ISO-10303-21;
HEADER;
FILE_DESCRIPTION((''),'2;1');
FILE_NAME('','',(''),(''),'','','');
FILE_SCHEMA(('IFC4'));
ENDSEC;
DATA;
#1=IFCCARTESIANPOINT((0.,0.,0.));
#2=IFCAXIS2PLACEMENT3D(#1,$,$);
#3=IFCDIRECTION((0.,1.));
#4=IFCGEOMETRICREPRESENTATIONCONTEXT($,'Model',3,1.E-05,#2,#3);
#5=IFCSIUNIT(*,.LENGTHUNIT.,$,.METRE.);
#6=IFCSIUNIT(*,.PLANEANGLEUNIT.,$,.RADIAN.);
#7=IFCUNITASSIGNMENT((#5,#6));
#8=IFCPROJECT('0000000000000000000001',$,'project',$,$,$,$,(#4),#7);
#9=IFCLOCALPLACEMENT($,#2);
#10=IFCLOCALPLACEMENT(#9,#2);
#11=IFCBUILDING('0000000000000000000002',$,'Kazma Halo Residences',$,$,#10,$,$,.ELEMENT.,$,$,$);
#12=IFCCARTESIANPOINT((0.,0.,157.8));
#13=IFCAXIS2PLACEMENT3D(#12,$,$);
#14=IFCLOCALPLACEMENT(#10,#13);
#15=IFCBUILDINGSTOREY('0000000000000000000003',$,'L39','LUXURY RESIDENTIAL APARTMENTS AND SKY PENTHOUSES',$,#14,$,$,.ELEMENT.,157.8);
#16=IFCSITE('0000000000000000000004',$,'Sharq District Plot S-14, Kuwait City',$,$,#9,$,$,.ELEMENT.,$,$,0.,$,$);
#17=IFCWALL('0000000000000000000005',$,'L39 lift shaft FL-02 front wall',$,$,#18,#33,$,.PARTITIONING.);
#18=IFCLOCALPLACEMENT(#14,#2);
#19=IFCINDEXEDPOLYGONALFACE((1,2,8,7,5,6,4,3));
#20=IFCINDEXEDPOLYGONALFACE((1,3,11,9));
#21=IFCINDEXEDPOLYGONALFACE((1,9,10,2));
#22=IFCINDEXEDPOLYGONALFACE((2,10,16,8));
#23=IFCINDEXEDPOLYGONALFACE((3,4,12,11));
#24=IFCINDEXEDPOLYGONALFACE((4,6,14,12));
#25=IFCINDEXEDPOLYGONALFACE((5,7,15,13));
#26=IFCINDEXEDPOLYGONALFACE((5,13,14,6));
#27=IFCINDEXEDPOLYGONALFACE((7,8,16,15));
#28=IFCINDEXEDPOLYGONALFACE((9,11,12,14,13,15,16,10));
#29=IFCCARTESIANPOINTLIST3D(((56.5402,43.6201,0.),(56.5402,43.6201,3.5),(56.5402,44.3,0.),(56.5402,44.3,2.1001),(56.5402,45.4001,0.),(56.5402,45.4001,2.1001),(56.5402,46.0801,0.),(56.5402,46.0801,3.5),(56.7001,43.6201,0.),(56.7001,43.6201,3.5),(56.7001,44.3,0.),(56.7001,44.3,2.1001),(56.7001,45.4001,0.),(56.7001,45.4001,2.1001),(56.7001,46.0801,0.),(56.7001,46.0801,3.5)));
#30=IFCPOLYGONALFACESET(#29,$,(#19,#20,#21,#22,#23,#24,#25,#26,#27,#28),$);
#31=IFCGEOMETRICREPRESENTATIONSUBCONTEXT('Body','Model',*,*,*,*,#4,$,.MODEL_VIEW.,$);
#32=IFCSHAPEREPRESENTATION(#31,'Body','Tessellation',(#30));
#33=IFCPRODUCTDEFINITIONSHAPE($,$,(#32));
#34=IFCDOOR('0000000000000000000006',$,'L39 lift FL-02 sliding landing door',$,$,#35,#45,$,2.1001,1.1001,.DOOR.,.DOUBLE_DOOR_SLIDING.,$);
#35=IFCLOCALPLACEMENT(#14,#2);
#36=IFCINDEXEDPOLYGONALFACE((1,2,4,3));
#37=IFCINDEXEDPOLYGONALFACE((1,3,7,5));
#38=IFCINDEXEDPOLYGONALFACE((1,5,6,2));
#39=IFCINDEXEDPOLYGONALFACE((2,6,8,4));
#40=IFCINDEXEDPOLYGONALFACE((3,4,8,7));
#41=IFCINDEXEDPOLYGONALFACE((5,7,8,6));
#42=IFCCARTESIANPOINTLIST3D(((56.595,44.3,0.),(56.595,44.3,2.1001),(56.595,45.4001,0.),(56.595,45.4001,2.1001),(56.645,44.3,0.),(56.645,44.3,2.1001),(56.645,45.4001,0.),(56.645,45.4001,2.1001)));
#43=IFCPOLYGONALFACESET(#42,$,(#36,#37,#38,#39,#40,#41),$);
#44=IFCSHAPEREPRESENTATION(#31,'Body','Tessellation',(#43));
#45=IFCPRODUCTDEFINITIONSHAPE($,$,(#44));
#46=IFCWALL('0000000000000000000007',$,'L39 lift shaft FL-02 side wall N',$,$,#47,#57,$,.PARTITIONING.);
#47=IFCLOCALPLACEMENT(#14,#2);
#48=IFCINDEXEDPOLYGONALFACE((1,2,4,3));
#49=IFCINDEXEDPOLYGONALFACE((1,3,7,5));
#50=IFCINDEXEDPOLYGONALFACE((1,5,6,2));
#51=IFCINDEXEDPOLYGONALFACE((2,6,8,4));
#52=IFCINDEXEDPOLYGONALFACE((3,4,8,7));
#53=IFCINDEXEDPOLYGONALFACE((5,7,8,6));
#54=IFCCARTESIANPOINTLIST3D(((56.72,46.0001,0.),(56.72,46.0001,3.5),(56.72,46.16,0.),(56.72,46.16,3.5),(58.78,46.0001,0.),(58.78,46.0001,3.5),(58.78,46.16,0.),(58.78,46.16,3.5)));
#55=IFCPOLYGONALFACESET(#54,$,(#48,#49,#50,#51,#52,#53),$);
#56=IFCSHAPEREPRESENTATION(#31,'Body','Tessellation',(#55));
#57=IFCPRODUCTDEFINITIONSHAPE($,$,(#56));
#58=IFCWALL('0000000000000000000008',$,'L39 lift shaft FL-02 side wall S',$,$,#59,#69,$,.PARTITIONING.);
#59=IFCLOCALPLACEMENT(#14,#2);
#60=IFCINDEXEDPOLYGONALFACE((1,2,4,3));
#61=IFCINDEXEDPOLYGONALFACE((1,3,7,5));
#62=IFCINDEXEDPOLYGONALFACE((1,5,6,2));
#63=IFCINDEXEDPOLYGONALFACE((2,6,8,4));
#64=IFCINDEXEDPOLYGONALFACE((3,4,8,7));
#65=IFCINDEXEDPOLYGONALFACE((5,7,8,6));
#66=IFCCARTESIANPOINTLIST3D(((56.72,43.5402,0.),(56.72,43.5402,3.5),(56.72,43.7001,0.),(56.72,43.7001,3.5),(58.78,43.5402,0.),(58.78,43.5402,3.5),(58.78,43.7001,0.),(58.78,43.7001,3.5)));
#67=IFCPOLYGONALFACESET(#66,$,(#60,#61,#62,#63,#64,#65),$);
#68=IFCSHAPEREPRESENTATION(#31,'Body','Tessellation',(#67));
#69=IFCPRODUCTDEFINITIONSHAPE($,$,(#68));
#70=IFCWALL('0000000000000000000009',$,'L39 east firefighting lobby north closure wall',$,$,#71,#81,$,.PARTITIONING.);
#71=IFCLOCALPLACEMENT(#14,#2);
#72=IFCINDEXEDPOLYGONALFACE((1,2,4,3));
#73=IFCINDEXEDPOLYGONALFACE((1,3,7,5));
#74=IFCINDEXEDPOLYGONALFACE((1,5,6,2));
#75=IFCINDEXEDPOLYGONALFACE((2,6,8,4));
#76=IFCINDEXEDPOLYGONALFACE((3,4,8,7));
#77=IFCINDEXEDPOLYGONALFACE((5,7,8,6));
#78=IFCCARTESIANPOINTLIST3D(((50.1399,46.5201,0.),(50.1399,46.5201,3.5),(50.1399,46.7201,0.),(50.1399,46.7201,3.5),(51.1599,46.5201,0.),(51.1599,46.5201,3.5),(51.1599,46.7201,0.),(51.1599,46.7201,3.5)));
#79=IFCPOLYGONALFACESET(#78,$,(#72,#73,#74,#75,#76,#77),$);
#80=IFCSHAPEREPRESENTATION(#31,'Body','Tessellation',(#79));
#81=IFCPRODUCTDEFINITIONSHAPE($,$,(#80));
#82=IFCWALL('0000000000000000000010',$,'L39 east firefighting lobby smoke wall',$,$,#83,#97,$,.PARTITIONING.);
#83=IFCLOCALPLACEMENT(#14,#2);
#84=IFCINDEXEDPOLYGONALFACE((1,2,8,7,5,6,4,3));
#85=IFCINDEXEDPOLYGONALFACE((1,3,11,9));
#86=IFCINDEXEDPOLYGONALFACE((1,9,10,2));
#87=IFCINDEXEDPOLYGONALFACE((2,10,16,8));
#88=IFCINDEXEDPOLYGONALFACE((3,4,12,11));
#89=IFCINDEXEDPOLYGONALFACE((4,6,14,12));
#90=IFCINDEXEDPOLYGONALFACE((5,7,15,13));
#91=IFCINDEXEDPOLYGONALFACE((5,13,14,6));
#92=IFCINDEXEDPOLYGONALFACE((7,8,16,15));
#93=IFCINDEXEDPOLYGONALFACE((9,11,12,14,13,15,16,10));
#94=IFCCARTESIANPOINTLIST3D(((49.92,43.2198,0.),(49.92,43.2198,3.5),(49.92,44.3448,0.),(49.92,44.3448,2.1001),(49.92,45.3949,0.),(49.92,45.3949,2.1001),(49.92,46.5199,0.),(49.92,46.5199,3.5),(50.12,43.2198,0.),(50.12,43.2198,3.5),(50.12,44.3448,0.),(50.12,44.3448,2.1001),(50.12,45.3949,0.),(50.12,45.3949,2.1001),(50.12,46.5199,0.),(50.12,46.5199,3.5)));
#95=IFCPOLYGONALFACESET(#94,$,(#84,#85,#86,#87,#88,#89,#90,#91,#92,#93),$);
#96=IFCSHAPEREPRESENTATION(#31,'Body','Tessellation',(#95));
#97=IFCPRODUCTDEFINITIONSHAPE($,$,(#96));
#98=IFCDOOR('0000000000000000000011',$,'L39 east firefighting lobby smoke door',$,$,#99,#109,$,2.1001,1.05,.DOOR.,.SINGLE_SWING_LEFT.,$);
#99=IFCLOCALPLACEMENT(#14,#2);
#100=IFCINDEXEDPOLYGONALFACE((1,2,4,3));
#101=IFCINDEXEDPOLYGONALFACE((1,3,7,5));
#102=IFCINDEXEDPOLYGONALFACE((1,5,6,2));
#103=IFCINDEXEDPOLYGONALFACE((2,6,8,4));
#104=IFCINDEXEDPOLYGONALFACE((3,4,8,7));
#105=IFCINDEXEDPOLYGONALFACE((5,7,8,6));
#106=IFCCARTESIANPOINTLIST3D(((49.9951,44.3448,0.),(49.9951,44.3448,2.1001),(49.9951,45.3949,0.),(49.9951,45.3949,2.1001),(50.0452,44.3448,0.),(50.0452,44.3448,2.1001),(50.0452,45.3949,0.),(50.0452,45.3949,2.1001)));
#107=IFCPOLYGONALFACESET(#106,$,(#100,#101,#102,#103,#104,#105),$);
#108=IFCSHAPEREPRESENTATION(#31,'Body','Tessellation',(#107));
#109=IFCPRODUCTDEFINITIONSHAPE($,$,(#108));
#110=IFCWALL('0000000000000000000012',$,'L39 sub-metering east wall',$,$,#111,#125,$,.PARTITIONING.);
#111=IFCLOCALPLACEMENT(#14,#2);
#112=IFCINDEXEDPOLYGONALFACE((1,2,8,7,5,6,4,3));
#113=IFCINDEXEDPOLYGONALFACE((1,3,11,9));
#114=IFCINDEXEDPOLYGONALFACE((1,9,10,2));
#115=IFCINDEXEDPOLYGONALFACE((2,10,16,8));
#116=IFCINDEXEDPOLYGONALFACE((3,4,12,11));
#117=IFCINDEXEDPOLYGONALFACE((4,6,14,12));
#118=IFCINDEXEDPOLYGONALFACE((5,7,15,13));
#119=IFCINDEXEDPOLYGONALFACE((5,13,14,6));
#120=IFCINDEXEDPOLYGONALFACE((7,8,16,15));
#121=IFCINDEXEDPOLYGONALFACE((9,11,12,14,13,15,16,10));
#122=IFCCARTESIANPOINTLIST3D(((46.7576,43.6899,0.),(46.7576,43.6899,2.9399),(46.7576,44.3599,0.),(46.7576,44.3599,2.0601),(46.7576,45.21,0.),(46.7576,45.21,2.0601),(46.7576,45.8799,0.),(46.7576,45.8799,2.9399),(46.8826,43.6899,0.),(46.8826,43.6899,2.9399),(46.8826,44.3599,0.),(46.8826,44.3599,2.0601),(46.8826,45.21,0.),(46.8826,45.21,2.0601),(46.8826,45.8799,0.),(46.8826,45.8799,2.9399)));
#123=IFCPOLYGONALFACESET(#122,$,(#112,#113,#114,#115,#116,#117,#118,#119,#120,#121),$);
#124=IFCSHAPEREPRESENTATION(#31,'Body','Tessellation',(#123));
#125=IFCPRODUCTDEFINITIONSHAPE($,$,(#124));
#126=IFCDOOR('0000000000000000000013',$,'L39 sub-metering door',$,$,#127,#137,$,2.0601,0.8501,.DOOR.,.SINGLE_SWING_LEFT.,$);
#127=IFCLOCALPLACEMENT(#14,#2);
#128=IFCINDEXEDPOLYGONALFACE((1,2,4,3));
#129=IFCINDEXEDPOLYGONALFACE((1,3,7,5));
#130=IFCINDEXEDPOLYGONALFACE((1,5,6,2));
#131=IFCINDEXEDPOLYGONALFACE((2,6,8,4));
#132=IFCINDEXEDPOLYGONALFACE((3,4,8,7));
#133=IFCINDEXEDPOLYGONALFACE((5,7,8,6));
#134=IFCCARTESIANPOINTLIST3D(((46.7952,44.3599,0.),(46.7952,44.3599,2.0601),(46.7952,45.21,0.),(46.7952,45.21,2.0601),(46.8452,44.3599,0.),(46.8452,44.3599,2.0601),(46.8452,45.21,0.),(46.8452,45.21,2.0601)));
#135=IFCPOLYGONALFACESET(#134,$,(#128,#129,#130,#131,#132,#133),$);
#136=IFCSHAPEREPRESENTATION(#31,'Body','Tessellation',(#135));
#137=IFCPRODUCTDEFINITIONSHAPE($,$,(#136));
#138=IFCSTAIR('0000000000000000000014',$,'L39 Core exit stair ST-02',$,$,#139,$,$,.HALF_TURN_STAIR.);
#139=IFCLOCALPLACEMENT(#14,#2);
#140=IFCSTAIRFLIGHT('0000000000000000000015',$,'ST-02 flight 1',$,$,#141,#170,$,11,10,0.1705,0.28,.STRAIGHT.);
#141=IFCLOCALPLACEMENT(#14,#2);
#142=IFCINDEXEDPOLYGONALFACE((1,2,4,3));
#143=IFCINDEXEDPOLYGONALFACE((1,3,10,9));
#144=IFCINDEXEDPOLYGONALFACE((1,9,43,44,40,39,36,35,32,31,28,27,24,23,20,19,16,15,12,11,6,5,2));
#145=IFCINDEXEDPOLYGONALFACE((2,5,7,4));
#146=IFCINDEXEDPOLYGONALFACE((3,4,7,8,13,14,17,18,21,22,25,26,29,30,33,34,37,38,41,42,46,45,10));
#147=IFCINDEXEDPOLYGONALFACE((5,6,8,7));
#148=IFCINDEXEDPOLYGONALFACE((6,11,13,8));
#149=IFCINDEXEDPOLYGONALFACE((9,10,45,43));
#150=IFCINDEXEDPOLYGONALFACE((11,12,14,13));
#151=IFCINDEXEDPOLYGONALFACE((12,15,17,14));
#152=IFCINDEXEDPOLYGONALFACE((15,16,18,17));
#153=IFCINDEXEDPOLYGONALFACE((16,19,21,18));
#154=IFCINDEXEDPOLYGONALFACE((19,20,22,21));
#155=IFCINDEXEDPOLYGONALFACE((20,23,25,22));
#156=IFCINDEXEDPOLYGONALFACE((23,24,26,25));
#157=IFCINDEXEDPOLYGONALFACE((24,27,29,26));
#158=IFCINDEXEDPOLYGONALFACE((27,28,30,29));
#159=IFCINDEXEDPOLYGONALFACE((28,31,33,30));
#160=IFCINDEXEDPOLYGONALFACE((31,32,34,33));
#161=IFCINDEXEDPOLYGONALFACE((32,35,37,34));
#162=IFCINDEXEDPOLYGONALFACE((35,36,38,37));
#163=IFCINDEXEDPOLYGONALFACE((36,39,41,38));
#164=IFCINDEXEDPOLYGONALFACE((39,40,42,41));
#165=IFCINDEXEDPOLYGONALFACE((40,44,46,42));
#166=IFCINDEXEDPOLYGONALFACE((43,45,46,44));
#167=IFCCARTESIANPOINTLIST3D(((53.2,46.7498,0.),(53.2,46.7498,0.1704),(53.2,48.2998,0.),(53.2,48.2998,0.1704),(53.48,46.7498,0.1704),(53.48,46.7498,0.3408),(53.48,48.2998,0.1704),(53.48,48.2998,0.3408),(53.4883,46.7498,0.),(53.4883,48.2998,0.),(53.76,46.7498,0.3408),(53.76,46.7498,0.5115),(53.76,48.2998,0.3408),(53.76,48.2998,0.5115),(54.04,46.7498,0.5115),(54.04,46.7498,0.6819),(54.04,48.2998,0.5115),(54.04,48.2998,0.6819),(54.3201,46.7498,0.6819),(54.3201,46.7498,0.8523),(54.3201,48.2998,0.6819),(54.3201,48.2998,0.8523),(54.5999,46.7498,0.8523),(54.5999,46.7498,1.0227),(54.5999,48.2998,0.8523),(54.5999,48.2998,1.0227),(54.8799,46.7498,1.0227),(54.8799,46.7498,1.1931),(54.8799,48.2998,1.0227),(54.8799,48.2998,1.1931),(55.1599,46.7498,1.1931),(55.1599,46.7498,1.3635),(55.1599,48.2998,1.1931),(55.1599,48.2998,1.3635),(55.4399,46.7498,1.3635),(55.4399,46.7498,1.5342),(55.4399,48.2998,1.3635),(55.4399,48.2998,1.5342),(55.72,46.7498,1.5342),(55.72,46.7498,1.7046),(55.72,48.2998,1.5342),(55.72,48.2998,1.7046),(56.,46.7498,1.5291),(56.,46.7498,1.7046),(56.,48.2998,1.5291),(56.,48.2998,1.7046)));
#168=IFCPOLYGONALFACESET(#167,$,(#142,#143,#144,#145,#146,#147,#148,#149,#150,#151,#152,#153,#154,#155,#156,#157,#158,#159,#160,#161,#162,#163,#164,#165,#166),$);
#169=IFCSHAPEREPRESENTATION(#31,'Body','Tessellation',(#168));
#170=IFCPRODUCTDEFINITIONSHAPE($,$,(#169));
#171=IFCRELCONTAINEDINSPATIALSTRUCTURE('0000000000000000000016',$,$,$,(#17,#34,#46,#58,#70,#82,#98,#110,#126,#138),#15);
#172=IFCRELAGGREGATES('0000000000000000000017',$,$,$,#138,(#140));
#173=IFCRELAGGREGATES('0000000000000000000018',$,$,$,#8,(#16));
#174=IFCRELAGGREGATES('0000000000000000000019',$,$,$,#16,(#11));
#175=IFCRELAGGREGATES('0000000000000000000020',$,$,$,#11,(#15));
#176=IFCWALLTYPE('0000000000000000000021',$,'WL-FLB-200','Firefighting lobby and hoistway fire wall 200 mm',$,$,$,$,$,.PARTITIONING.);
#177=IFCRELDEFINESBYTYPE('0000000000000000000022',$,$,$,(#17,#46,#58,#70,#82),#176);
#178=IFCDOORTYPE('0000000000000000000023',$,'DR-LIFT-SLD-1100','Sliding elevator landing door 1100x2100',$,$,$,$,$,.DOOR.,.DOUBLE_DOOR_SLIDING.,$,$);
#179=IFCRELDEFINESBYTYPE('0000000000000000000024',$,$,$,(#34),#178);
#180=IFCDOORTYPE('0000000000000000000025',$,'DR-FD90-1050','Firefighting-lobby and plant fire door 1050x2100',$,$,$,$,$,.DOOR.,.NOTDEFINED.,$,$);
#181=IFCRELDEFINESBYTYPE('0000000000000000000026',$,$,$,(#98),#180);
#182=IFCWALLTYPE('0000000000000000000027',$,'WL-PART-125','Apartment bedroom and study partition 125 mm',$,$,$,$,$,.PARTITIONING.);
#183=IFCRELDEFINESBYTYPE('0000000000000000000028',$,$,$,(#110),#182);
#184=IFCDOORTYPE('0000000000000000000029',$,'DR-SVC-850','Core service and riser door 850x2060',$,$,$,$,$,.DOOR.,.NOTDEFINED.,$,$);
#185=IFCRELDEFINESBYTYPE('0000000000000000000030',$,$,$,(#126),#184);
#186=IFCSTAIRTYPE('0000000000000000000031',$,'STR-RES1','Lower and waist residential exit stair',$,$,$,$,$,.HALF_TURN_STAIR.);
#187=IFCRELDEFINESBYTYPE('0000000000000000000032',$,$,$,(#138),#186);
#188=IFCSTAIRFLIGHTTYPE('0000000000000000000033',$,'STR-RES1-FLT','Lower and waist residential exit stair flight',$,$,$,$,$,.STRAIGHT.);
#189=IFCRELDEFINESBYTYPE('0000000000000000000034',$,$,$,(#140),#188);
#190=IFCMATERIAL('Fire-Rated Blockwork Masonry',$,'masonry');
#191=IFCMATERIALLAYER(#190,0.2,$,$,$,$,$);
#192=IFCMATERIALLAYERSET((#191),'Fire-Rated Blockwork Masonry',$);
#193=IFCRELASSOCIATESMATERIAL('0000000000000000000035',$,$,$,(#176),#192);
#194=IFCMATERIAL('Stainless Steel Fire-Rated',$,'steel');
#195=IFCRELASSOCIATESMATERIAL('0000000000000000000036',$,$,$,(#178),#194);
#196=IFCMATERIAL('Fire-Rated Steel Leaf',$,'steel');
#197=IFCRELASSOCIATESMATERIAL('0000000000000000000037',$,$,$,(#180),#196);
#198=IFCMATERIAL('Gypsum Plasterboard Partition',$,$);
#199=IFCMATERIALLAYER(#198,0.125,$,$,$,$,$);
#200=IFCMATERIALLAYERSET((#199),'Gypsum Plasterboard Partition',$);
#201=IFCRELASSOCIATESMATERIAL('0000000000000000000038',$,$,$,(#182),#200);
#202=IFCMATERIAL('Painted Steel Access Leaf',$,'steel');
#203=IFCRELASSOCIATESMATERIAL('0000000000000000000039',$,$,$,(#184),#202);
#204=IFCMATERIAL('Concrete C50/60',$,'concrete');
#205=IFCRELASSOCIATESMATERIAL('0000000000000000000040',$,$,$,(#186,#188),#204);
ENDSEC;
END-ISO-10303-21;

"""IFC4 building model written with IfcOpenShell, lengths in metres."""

from ifc_helpers import new_model, si_unit, direction, frame, frame_2d, origin, place, context, subcontext, project, spatial, polyline, rectangle, outline, extrude, material, layer, layer_set, type_object, element, fill, aggregate, save


model = new_model("IFC4")

# Units and contexts
model_context = context("Model", 3, precision=1e-05, world=origin(), true_north=direction((0.0, 1.0)))
body_context = subcontext(model_context, "Body", "Model", "MODEL_VIEW")
ifc_project = project(units=[si_unit("LENGTHUNIT", "METRE"), si_unit("PLANEANGLEUNIT", "RADIAN")], contexts=[model_context])

# Site, building, storey
site_placement = place(None, origin())
site = spatial("IfcSite", under=ifc_project, at=site_placement, Name="Sharq District Plot S-14, Kuwait City", CompositionType="ELEMENT", RefElevation=0.0)
building_placement = place(site_placement, origin())
building = spatial("IfcBuilding", under=site, at=building_placement, Name="Kazma Halo Residences", CompositionType="ELEMENT")
storey_placement = place(building_placement, frame((0.0, 0.0, 157.8)))
storey = spatial("IfcBuildingStorey", under=building, at=storey_placement, Name="L39", Description="LUXURY RESIDENTIAL APARTMENTS AND SKY PENTHOUSES", CompositionType="ELEMENT", Elevation=157.8)

# Shared definitions
ifc_material_1 = material(Name="Fire-Rated Blockwork Masonry", Category="masonry")
ifc_layer_1 = layer(ifc_material_1, 0.2)
ifc_layer_set_1 = layer_set([ifc_layer_1], Name="Fire-Rated Blockwork Masonry")
wall_type_1 = type_object("IfcWallType", Name="WL-FLB-200", Description="Firefighting lobby and hoistway fire wall 200 mm", PredefinedType="PARTITIONING", material=ifc_layer_set_1)

# Wall, opening, door
wall_1_placement = place(storey_placement, frame((56.6201, 46.0801, 0.0), z_axis=(0.0, 0.0, 1.0), x_axis=(0.0, -1.0, 0.0)))
wall_1 = element("IfcWall", 1, at=wall_1_placement, inside=storey, type_object=wall_type_1, Name="L39 lift shaft FL-02 front wall", PredefinedType="PARTITIONING", context=body_context, shape_type="SweptSolid", body=[
    extrude(rectangle(XDim=2.46, YDim=0.1599, at=frame_2d((1.23, 0.0))), origin(), (0.0, 0.0, 1.0), 3.5),
])
opening_1_placement = place(wall_1_placement, frame((0.6799, 0.0, 0.0)))
opening_1 = element("IfcOpeningElement", 2, at=opening_1_placement, cuts=wall_1, PredefinedType="OPENING", context=body_context, shape_type="SweptSolid", body=[
    extrude(rectangle(XDim=1.1001, YDim=2.1001, at=frame_2d((0.55, 1.05))), frame((0.0, 0.0898, 0.0), z_axis=(0.0, -1.0, 0.0), x_axis=(1.0, 0.0, 0.0)), (0.0, 0.0, 1.0), 0.1799),
])
ifc_material_2 = material(Name="Stainless Steel Fire-Rated", Category="steel")
door_type_1 = type_object("IfcDoorType", Name="DR-LIFT-SLD-1100", Description="Sliding elevator landing door 1100x2100", OperationType="DOUBLE_DOOR_SLIDING", PredefinedType="DOOR", material=ifc_material_2)
door_1_placement = place(opening_1_placement, origin())
door_1 = element("IfcDoor", 3, at=door_1_placement, inside=storey, type_object=door_type_1, Name="L39 lift FL-02 sliding landing door", OperationType="DOUBLE_DOOR_SLIDING", OverallHeight=2.1001, OverallWidth=1.1001, PredefinedType="DOOR", context=body_context, shape_type="SweptSolid", body=[
    extrude(rectangle(XDim=1.1001, YDim=2.1001, at=frame_2d((0.55, 1.05))), frame((0.0, 0.0249, 0.0), z_axis=(0.0, -1.0, 0.0), x_axis=(1.0, 0.0, 0.0)), (0.0, 0.0, 1.0), 0.05),
])
fill(opening_1, door_1)

# Walls
for number, where, z_axis, x_axis, name in (
    (4, (56.72, 46.0801, 0.0), (0.0, 0.0, 1.0), (1.0, 0.0, 0.0), "L39 lift shaft FL-02 side wall N"),
    (5, (56.72, 43.6201, 0.0), (0.0, 0.0, 1.0), (1.0, 0.0, 0.0), "L39 lift shaft FL-02 side wall S"),
):
    element("IfcWall", number, at=place(storey_placement, frame(where, z_axis=z_axis, x_axis=x_axis)), inside=storey, type_object=wall_type_1, Name=name, PredefinedType="PARTITIONING", context=body_context, shape_type="SweptSolid", body=[
        extrude(rectangle(XDim=2.0601, YDim=0.1599, at=frame_2d((1.03, 0.0))), origin(), (0.0, 0.0, 1.0), 3.5),
    ])
wall_2_placement = place(storey_placement, frame((50.1399, 46.6201, 0.0), z_axis=(0.0, 0.0, 1.0), x_axis=(1.0, 0.0, 0.0)))
element("IfcWall", 6, at=wall_2_placement, inside=storey, type_object=wall_type_1, Name="L39 east firefighting lobby north closure wall", PredefinedType="PARTITIONING", context=body_context, shape_type="SweptSolid", body=[
    extrude(rectangle(XDim=1.02, YDim=0.2, at=frame_2d((0.51, 0.0))), origin(), (0.0, 0.0, 1.0), 3.5),
])

# Walls, openings, doors
wall_3_placement = place(storey_placement, frame((50.02, 43.22, 0.0), z_axis=(0.0, 0.0, 1.0), x_axis=(0.0, 1.0, 0.0)))
wall_3 = element("IfcWall", 7, at=wall_3_placement, inside=storey, type_object=wall_type_1, Name="L39 east firefighting lobby smoke wall", PredefinedType="PARTITIONING", context=body_context, shape_type="SweptSolid", body=[
    extrude(rectangle(XDim=3.3, YDim=0.2, at=frame_2d((1.6499, 0.0))), origin(), (0.0, 0.0, 1.0), 3.5),
])
opening_2_placement = place(wall_3_placement, frame((1.125, 0.0, 0.0)))
opening_2 = element("IfcOpeningElement", 8, at=opening_2_placement, cuts=wall_3, PredefinedType="OPENING", context=body_context, shape_type="SweptSolid", body=[
    extrude(rectangle(XDim=1.05, YDim=2.1001, at=frame_2d((0.5249, 1.05))), frame((0.0, 0.1099, 0.0), z_axis=(0.0, -1.0, 0.0), x_axis=(1.0, 0.0, 0.0)), (0.0, 0.0, 1.0), 0.22),
])
ifc_material_3 = material(Name="Fire-Rated Steel Leaf", Category="steel")
door_type_2 = type_object("IfcDoorType", Name="DR-FD90-1050", Description="Firefighting-lobby and plant fire door 1050x2100", OperationType="NOTDEFINED", PredefinedType="DOOR", material=ifc_material_3)
door_2_placement = place(opening_2_placement, origin())
door_2 = element("IfcDoor", 9, at=door_2_placement, inside=storey, type_object=door_type_2, Name="L39 east firefighting lobby smoke door", OperationType="SINGLE_SWING_LEFT", OverallHeight=2.1001, OverallWidth=1.05, PredefinedType="DOOR", context=body_context, shape_type="SweptSolid", body=[
    extrude(rectangle(XDim=1.05, YDim=2.1001, at=frame_2d((0.5249, 1.05))), frame((0.0, 0.0249, 0.0), z_axis=(0.0, -1.0, 0.0), x_axis=(1.0, 0.0, 0.0)), (0.0, 0.0, 1.0), 0.05),
])
fill(opening_2, door_2)
ifc_material_4 = material(Name="Gypsum Plasterboard Partition")
ifc_layer_2 = layer(ifc_material_4, 0.125)
ifc_layer_set_2 = layer_set([ifc_layer_2], Name="Gypsum Plasterboard Partition")
wall_type_2 = type_object("IfcWallType", Name="WL-PART-125", Description="Apartment bedroom and study partition 125 mm", PredefinedType="PARTITIONING", material=ifc_layer_set_2)
wall_4_placement = place(storey_placement, frame((46.8201, 43.6899, 0.0), z_axis=(0.0, 0.0, 1.0), x_axis=(0.0, 1.0, 0.0)))
wall_4 = element("IfcWall", 10, at=wall_4_placement, inside=storey, type_object=wall_type_2, Name="L39 sub-metering east wall", PredefinedType="PARTITIONING", context=body_context, shape_type="SweptSolid", body=[
    extrude(rectangle(XDim=2.1899, YDim=0.125, at=frame_2d((1.095, 0.0))), origin(), (0.0, 0.0, 1.0), 2.9399),
])
opening_3_placement = place(wall_4_placement, frame((0.6699, 0.0, 0.0)))
opening_3 = element("IfcOpeningElement", 11, at=opening_3_placement, cuts=wall_4, PredefinedType="OPENING", context=body_context, shape_type="SweptSolid", body=[
    extrude(rectangle(XDim=0.8501, YDim=2.0601, at=frame_2d((0.425, 1.03))), frame((0.0, 0.0725, 0.0), z_axis=(0.0, -1.0, 0.0), x_axis=(1.0, 0.0, 0.0)), (0.0, 0.0, 1.0), 0.145),
])
ifc_material_5 = material(Name="Painted Steel Access Leaf", Category="steel")
door_type_3 = type_object("IfcDoorType", Name="DR-SVC-850", Description="Core service and riser door 850x2060", OperationType="NOTDEFINED", PredefinedType="DOOR", material=ifc_material_5)
door_3_placement = place(opening_3_placement, origin())
door_3 = element("IfcDoor", 12, at=door_3_placement, inside=storey, type_object=door_type_3, Name="L39 sub-metering door", OperationType="SINGLE_SWING_LEFT", OverallHeight=2.0601, OverallWidth=0.8501, PredefinedType="DOOR", context=body_context, shape_type="SweptSolid", body=[
    extrude(rectangle(XDim=0.8501, YDim=2.0601, at=frame_2d((0.425, 1.03))), frame((0.0, 0.0249, 0.0), z_axis=(0.0, -1.0, 0.0), x_axis=(1.0, 0.0, 0.0)), (0.0, 0.0, 1.0), 0.05),
])
fill(opening_3, door_3)
ifc_material_6 = material(Name="Concrete C50/60", Category="concrete")

# Stair, stair flight
stair_type = type_object("IfcStairType", Name="STR-RES1", Description="Lower and waist residential exit stair", PredefinedType="HALF_TURN_STAIR", material=ifc_material_6)
stair_placement = place(storey_placement, origin())
stair = element("IfcStair", 13, at=stair_placement, inside=storey, type_object=stair_type, Name="L39 Core exit stair ST-02", PredefinedType="HALF_TURN_STAIR")
stair_flight_type = type_object("IfcStairFlightType", Name="STR-RES1-FLT", Description="Lower and waist residential exit stair flight", PredefinedType="STRAIGHT", material=ifc_material_6)
stair_flight_1_placement = place(storey_placement, frame((53.2, 47.5249, 0.0), z_axis=(0.0, 0.0, 1.0), x_axis=(1.0, 0.0, 0.0)))
stair_flight_1 = element("IfcStairFlight", 14, at=stair_flight_1_placement, type_object=stair_flight_type, Name="ST-02 flight 1", NumberOfRisers=11, NumberOfTreads=10, PredefinedType="STRAIGHT", RiserHeight=0.1705, TreadLength=0.28, context=body_context, shape_type="SweptSolid", body=[
    extrude(outline(polyline([(0.0, 0.0), (0.0, 0.1704), (0.28, 0.1704), (0.28, 0.3408), (0.5601, 0.3408), (0.5601, 0.5115), (0.8401, 0.5115), (0.8401, 0.6819), (1.1201, 0.6819), (1.1201, 0.8523), (1.3999, 0.8523), (1.3999, 1.0227), (1.6799, 1.0227), (1.6799, 1.1931), (1.96, 1.1931), (1.96, 1.3635), (2.24, 1.3635), (2.24, 1.5342), (2.52, 1.5342), (2.52, 1.7046), (2.8, 1.7046), (2.8, 1.875), (2.8, 1.5291), (0.2883, 0.0), (0.0, 0.0)])), frame((0.0, 0.7749, 0.0), z_axis=(0.0, -1.0, 0.0), x_axis=(1.0, 0.0, 0.0)), (0.0, 0.0, 1.0), 1.55),
])
aggregate(stair, [stair_flight_1])

save(model, "model.ifc")
